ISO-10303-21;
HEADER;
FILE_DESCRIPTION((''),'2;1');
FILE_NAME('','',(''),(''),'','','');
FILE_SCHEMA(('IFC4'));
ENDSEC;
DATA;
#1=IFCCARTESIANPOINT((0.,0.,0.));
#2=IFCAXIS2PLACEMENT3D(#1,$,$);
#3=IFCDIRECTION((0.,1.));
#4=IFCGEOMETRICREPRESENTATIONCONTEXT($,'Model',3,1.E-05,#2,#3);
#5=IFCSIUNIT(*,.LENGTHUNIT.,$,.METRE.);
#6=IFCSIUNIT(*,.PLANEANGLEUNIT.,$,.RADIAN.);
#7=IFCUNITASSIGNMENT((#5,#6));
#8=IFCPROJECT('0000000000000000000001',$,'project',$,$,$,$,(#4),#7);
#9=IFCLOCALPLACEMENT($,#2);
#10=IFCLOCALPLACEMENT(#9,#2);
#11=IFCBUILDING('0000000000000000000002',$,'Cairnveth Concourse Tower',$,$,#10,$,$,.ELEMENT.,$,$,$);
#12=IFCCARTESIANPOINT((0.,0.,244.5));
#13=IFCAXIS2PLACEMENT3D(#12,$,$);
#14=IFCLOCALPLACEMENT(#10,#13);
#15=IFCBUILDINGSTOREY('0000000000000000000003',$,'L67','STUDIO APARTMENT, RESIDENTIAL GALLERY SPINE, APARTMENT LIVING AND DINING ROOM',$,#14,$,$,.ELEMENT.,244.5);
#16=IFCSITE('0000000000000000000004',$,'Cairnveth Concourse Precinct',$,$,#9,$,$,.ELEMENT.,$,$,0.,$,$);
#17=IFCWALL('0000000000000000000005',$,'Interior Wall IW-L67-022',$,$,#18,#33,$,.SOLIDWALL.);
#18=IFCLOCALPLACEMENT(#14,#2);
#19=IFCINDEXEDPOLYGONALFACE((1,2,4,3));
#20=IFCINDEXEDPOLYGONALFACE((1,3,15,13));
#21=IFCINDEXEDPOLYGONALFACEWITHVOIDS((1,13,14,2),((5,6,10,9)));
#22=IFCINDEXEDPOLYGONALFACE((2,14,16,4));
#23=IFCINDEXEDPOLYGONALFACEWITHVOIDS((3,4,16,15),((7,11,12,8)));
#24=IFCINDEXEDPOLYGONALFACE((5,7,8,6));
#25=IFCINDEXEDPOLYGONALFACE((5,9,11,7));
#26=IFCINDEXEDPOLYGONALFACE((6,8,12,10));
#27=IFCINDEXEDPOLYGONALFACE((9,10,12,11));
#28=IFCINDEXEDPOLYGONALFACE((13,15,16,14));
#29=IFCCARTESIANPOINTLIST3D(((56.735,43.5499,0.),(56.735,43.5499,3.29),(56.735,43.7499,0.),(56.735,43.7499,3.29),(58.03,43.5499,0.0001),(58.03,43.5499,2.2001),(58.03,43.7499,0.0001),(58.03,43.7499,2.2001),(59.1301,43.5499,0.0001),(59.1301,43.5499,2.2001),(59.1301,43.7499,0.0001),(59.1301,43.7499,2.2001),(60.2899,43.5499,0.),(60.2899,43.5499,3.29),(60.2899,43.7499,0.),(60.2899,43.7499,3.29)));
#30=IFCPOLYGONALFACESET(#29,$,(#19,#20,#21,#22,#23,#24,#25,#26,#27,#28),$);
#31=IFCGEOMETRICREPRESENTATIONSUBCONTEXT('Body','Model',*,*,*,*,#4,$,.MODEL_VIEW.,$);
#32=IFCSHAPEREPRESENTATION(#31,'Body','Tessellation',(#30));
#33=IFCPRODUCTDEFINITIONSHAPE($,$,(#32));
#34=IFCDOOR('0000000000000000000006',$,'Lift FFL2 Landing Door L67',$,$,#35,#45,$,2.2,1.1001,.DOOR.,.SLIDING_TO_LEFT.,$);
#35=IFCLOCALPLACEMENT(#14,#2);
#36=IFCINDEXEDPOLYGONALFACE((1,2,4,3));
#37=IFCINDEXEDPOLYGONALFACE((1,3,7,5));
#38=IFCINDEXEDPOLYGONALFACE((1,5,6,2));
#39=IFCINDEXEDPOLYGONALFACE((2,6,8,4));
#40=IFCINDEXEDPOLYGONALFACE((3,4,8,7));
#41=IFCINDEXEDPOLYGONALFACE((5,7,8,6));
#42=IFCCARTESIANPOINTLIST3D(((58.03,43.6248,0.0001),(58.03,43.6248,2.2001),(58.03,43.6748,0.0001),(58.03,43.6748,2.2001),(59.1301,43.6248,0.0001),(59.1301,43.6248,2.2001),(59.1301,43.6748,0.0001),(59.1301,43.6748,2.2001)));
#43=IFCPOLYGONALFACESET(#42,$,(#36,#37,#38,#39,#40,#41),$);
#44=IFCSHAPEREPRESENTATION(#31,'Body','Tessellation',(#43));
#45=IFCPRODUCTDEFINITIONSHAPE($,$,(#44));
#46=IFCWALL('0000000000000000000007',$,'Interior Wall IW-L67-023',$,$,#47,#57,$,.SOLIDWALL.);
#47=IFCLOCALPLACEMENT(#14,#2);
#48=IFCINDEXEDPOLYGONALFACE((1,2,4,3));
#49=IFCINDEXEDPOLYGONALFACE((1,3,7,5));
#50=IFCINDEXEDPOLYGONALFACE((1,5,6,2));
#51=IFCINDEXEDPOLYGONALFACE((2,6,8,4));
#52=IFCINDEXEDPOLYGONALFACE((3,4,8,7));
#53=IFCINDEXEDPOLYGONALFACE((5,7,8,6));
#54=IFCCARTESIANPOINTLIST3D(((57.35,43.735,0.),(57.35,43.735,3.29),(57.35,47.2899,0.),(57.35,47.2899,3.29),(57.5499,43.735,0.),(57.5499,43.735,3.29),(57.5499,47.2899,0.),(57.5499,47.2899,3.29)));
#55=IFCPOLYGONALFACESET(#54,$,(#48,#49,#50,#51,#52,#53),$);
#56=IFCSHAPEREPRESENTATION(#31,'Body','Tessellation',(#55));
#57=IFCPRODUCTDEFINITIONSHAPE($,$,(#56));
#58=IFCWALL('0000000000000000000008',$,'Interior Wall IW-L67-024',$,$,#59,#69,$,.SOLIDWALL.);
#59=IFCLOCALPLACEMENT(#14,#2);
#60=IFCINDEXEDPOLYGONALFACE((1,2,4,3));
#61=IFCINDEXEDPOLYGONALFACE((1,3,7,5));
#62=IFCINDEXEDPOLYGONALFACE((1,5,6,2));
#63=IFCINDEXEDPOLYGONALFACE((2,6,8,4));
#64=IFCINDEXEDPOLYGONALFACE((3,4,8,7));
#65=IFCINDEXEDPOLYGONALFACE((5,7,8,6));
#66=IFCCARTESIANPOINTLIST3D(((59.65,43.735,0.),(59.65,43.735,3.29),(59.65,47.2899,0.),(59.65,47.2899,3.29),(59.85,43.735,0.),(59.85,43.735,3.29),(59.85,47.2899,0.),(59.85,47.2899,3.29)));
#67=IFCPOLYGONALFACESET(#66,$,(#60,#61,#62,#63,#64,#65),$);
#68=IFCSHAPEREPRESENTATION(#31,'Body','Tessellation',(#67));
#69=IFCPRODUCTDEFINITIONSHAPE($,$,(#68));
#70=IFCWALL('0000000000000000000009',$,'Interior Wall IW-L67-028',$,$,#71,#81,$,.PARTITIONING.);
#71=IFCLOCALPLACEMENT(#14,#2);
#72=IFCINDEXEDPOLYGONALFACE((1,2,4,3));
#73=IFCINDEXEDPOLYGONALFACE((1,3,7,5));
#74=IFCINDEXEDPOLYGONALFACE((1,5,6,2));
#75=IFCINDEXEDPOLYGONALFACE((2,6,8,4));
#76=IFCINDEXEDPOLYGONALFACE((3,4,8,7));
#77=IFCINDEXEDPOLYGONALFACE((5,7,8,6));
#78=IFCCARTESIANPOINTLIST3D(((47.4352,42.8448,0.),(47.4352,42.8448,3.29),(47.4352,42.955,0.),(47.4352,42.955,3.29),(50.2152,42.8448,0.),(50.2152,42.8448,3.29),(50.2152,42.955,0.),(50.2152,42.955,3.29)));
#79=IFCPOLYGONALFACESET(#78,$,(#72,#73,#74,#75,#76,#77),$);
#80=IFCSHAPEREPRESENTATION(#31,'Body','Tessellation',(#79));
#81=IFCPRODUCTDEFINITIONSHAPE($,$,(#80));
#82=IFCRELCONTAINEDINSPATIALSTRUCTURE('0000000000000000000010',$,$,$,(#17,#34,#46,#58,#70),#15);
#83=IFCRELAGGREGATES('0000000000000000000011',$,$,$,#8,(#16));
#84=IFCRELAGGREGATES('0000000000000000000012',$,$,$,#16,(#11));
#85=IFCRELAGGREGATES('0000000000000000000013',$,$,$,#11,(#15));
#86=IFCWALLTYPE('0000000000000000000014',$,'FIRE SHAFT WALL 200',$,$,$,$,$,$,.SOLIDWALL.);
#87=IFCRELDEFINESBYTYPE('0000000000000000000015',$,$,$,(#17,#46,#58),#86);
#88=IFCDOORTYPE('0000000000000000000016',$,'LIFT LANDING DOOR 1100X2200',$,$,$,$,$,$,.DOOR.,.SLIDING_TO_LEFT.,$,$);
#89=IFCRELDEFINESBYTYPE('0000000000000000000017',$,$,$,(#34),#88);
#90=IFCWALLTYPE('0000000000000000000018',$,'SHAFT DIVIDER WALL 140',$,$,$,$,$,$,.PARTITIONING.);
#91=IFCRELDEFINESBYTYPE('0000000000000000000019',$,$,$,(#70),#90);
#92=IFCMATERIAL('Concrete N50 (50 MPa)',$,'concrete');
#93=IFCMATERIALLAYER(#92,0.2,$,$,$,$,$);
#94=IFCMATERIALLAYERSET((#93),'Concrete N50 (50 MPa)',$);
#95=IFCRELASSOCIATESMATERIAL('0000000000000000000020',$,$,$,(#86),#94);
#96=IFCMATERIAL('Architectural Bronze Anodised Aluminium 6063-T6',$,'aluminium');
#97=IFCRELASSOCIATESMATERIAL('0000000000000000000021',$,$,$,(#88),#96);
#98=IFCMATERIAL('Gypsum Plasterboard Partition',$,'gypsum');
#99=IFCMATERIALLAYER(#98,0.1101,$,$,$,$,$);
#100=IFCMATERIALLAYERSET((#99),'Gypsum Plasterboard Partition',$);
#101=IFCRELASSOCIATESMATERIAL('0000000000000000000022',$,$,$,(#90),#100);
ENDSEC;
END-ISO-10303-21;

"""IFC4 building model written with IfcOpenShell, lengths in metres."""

from ifc_helpers import new_model, si_unit, direction, frame, frame_2d, origin, place, context, subcontext, project, spatial, rectangle, extrude, material, layer, layer_set, type_object, element, fill, save


model = new_model("IFC4")

# Units and contexts
model_context = context("Model", 3, precision=1e-05, world=origin(), true_north=direction((0.0, 1.0)))
body_context = subcontext(model_context, "Body", "Model", "MODEL_VIEW")
ifc_project = project(units=[si_unit("LENGTHUNIT", "METRE"), si_unit("PLANEANGLEUNIT", "RADIAN")], contexts=[model_context])

# Site, building, storey
site_placement = place(None, origin())
site = spatial("IfcSite", under=ifc_project, at=site_placement, Name="Cairnveth Concourse Precinct", CompositionType="ELEMENT", RefElevation=0.0)
building_placement = place(site_placement, origin())
building = spatial("IfcBuilding", under=site, at=building_placement, Name="Cairnveth Concourse Tower", CompositionType="ELEMENT")
storey_placement = place(building_placement, frame((0.0, 0.0, 244.5)))
storey = spatial("IfcBuildingStorey", under=building, at=storey_placement, Name="L67", Description="STUDIO APARTMENT, RESIDENTIAL GALLERY SPINE, APARTMENT LIVING AND DINING ROOM", CompositionType="ELEMENT", Elevation=244.5)

# Shared definitions
ifc_material_1 = material(Name="Gypsum Plasterboard Partition", Category="gypsum")
ifc_material_2 = material(Name="Concrete N50 (50 MPa)", Category="concrete")
ifc_layer_1 = layer(ifc_material_2, 0.2)
ifc_layer_set_1 = layer_set([ifc_layer_1], Name="Concrete N50 (50 MPa)")
wall_type_1 = type_object("IfcWallType", Name="FIRE SHAFT WALL 200", PredefinedType="SOLIDWALL", material=ifc_layer_set_1)

# Shared definitions
ifc_material_3 = material(Name="Architectural Bronze Anodised Aluminium 6063-T6", Category="aluminium")
door_type_1 = type_object("IfcDoorType", Name="LIFT LANDING DOOR 1100X2200", OperationType="SLIDING_TO_LEFT", PredefinedType="DOOR", material=ifc_material_3)

# Wall, opening, door
wall_1_placement = place(storey_placement, frame((56.7351, 43.6499, 0.0), z_axis=(0.0, 0.0, 1.0), x_axis=(1.0, 0.0, 0.0)))
wall_1 = element("IfcWall", 1, at=wall_1_placement, inside=storey, type_object=wall_type_1, Name="Interior Wall IW-L67-022", PredefinedType="SOLIDWALL", context=body_context, shape_type="SweptSolid", body=[
    extrude(rectangle(XDim=3.5549, YDim=0.2, at=frame_2d((1.7773, 0.0))), origin(), (0.0, 0.0, 1.0), 3.29),
])
opening_1_placement = place(wall_1_placement, frame((1.2949, 0.0, 0.0)))
opening_1 = element("IfcOpeningElement", 2, at=opening_1_placement, cuts=wall_1, PredefinedType="OPENING", context=body_context, shape_type="SweptSolid", body=[
    extrude(rectangle(XDim=1.1001, YDim=2.2, at=frame_2d((0.55, 1.1001))), frame((0.0, 0.1099, 0.0), z_axis=(0.0, -1.0, 0.0), x_axis=(1.0, 0.0, 0.0)), (0.0, 0.0, 1.0), 0.22),
])
door_1_placement = place(opening_1_placement, origin())
door_1 = element("IfcDoor", 3, at=door_1_placement, inside=storey, type_object=door_type_1, Name="Lift FFL2 Landing Door L67", OperationType="SLIDING_TO_LEFT", OverallHeight=2.2, OverallWidth=1.1001, PredefinedType="DOOR", context=body_context, shape_type="SweptSolid", body=[
    extrude(rectangle(XDim=1.1001, YDim=2.2, at=frame_2d((0.55, 1.1001))), frame((0.0, 0.0249, 0.0), z_axis=(0.0, -1.0, 0.0), x_axis=(1.0, 0.0, 0.0)), (0.0, 0.0, 1.0), 0.05),
])
fill(opening_1, door_1)

# Walls
for number, where, z_axis, x_axis, name in (
    (4, (57.45, 43.7351, 0.0), (0.0, 0.0, 1.0), (0.0, 1.0, 0.0), "Interior Wall IW-L67-023"),
    (5, (59.75, 43.7351, 0.0), (0.0, 0.0, 1.0), (0.0, 1.0, 0.0), "Interior Wall IW-L67-024"),
):
    element("IfcWall", number, at=place(storey_placement, frame(where, z_axis=z_axis, x_axis=x_axis)), inside=storey, type_object=wall_type_1, Name=name, PredefinedType="SOLIDWALL", context=body_context, shape_type="SweptSolid", body=[
        extrude(rectangle(XDim=3.5549, YDim=0.2, at=frame_2d((1.7773, 0.0))), origin(), (0.0, 0.0, 1.0), 3.29),
    ])
ifc_layer_2 = layer(ifc_material_1, 0.1101)
ifc_layer_set_2 = layer_set([ifc_layer_2], Name="Gypsum Plasterboard Partition")
wall_type_2 = type_object("IfcWallType", Name="SHAFT DIVIDER WALL 140", PredefinedType="PARTITIONING", material=ifc_layer_set_2)
wall_2_placement = place(storey_placement, frame((47.4351, 42.8999, 0.0), z_axis=(0.0, 0.0, 1.0), x_axis=(1.0, 0.0, 0.0)))
element("IfcWall", 6, at=wall_2_placement, inside=storey, type_object=wall_type_2, Name="Interior Wall IW-L67-028", PredefinedType="PARTITIONING", context=body_context, shape_type="SweptSolid", body=[
    extrude(rectangle(XDim=2.78, YDim=0.1101, at=frame_2d((1.3901, 0.0))), origin(), (0.0, 0.0, 1.0), 3.29),
])

save(model, "model.ifc")
